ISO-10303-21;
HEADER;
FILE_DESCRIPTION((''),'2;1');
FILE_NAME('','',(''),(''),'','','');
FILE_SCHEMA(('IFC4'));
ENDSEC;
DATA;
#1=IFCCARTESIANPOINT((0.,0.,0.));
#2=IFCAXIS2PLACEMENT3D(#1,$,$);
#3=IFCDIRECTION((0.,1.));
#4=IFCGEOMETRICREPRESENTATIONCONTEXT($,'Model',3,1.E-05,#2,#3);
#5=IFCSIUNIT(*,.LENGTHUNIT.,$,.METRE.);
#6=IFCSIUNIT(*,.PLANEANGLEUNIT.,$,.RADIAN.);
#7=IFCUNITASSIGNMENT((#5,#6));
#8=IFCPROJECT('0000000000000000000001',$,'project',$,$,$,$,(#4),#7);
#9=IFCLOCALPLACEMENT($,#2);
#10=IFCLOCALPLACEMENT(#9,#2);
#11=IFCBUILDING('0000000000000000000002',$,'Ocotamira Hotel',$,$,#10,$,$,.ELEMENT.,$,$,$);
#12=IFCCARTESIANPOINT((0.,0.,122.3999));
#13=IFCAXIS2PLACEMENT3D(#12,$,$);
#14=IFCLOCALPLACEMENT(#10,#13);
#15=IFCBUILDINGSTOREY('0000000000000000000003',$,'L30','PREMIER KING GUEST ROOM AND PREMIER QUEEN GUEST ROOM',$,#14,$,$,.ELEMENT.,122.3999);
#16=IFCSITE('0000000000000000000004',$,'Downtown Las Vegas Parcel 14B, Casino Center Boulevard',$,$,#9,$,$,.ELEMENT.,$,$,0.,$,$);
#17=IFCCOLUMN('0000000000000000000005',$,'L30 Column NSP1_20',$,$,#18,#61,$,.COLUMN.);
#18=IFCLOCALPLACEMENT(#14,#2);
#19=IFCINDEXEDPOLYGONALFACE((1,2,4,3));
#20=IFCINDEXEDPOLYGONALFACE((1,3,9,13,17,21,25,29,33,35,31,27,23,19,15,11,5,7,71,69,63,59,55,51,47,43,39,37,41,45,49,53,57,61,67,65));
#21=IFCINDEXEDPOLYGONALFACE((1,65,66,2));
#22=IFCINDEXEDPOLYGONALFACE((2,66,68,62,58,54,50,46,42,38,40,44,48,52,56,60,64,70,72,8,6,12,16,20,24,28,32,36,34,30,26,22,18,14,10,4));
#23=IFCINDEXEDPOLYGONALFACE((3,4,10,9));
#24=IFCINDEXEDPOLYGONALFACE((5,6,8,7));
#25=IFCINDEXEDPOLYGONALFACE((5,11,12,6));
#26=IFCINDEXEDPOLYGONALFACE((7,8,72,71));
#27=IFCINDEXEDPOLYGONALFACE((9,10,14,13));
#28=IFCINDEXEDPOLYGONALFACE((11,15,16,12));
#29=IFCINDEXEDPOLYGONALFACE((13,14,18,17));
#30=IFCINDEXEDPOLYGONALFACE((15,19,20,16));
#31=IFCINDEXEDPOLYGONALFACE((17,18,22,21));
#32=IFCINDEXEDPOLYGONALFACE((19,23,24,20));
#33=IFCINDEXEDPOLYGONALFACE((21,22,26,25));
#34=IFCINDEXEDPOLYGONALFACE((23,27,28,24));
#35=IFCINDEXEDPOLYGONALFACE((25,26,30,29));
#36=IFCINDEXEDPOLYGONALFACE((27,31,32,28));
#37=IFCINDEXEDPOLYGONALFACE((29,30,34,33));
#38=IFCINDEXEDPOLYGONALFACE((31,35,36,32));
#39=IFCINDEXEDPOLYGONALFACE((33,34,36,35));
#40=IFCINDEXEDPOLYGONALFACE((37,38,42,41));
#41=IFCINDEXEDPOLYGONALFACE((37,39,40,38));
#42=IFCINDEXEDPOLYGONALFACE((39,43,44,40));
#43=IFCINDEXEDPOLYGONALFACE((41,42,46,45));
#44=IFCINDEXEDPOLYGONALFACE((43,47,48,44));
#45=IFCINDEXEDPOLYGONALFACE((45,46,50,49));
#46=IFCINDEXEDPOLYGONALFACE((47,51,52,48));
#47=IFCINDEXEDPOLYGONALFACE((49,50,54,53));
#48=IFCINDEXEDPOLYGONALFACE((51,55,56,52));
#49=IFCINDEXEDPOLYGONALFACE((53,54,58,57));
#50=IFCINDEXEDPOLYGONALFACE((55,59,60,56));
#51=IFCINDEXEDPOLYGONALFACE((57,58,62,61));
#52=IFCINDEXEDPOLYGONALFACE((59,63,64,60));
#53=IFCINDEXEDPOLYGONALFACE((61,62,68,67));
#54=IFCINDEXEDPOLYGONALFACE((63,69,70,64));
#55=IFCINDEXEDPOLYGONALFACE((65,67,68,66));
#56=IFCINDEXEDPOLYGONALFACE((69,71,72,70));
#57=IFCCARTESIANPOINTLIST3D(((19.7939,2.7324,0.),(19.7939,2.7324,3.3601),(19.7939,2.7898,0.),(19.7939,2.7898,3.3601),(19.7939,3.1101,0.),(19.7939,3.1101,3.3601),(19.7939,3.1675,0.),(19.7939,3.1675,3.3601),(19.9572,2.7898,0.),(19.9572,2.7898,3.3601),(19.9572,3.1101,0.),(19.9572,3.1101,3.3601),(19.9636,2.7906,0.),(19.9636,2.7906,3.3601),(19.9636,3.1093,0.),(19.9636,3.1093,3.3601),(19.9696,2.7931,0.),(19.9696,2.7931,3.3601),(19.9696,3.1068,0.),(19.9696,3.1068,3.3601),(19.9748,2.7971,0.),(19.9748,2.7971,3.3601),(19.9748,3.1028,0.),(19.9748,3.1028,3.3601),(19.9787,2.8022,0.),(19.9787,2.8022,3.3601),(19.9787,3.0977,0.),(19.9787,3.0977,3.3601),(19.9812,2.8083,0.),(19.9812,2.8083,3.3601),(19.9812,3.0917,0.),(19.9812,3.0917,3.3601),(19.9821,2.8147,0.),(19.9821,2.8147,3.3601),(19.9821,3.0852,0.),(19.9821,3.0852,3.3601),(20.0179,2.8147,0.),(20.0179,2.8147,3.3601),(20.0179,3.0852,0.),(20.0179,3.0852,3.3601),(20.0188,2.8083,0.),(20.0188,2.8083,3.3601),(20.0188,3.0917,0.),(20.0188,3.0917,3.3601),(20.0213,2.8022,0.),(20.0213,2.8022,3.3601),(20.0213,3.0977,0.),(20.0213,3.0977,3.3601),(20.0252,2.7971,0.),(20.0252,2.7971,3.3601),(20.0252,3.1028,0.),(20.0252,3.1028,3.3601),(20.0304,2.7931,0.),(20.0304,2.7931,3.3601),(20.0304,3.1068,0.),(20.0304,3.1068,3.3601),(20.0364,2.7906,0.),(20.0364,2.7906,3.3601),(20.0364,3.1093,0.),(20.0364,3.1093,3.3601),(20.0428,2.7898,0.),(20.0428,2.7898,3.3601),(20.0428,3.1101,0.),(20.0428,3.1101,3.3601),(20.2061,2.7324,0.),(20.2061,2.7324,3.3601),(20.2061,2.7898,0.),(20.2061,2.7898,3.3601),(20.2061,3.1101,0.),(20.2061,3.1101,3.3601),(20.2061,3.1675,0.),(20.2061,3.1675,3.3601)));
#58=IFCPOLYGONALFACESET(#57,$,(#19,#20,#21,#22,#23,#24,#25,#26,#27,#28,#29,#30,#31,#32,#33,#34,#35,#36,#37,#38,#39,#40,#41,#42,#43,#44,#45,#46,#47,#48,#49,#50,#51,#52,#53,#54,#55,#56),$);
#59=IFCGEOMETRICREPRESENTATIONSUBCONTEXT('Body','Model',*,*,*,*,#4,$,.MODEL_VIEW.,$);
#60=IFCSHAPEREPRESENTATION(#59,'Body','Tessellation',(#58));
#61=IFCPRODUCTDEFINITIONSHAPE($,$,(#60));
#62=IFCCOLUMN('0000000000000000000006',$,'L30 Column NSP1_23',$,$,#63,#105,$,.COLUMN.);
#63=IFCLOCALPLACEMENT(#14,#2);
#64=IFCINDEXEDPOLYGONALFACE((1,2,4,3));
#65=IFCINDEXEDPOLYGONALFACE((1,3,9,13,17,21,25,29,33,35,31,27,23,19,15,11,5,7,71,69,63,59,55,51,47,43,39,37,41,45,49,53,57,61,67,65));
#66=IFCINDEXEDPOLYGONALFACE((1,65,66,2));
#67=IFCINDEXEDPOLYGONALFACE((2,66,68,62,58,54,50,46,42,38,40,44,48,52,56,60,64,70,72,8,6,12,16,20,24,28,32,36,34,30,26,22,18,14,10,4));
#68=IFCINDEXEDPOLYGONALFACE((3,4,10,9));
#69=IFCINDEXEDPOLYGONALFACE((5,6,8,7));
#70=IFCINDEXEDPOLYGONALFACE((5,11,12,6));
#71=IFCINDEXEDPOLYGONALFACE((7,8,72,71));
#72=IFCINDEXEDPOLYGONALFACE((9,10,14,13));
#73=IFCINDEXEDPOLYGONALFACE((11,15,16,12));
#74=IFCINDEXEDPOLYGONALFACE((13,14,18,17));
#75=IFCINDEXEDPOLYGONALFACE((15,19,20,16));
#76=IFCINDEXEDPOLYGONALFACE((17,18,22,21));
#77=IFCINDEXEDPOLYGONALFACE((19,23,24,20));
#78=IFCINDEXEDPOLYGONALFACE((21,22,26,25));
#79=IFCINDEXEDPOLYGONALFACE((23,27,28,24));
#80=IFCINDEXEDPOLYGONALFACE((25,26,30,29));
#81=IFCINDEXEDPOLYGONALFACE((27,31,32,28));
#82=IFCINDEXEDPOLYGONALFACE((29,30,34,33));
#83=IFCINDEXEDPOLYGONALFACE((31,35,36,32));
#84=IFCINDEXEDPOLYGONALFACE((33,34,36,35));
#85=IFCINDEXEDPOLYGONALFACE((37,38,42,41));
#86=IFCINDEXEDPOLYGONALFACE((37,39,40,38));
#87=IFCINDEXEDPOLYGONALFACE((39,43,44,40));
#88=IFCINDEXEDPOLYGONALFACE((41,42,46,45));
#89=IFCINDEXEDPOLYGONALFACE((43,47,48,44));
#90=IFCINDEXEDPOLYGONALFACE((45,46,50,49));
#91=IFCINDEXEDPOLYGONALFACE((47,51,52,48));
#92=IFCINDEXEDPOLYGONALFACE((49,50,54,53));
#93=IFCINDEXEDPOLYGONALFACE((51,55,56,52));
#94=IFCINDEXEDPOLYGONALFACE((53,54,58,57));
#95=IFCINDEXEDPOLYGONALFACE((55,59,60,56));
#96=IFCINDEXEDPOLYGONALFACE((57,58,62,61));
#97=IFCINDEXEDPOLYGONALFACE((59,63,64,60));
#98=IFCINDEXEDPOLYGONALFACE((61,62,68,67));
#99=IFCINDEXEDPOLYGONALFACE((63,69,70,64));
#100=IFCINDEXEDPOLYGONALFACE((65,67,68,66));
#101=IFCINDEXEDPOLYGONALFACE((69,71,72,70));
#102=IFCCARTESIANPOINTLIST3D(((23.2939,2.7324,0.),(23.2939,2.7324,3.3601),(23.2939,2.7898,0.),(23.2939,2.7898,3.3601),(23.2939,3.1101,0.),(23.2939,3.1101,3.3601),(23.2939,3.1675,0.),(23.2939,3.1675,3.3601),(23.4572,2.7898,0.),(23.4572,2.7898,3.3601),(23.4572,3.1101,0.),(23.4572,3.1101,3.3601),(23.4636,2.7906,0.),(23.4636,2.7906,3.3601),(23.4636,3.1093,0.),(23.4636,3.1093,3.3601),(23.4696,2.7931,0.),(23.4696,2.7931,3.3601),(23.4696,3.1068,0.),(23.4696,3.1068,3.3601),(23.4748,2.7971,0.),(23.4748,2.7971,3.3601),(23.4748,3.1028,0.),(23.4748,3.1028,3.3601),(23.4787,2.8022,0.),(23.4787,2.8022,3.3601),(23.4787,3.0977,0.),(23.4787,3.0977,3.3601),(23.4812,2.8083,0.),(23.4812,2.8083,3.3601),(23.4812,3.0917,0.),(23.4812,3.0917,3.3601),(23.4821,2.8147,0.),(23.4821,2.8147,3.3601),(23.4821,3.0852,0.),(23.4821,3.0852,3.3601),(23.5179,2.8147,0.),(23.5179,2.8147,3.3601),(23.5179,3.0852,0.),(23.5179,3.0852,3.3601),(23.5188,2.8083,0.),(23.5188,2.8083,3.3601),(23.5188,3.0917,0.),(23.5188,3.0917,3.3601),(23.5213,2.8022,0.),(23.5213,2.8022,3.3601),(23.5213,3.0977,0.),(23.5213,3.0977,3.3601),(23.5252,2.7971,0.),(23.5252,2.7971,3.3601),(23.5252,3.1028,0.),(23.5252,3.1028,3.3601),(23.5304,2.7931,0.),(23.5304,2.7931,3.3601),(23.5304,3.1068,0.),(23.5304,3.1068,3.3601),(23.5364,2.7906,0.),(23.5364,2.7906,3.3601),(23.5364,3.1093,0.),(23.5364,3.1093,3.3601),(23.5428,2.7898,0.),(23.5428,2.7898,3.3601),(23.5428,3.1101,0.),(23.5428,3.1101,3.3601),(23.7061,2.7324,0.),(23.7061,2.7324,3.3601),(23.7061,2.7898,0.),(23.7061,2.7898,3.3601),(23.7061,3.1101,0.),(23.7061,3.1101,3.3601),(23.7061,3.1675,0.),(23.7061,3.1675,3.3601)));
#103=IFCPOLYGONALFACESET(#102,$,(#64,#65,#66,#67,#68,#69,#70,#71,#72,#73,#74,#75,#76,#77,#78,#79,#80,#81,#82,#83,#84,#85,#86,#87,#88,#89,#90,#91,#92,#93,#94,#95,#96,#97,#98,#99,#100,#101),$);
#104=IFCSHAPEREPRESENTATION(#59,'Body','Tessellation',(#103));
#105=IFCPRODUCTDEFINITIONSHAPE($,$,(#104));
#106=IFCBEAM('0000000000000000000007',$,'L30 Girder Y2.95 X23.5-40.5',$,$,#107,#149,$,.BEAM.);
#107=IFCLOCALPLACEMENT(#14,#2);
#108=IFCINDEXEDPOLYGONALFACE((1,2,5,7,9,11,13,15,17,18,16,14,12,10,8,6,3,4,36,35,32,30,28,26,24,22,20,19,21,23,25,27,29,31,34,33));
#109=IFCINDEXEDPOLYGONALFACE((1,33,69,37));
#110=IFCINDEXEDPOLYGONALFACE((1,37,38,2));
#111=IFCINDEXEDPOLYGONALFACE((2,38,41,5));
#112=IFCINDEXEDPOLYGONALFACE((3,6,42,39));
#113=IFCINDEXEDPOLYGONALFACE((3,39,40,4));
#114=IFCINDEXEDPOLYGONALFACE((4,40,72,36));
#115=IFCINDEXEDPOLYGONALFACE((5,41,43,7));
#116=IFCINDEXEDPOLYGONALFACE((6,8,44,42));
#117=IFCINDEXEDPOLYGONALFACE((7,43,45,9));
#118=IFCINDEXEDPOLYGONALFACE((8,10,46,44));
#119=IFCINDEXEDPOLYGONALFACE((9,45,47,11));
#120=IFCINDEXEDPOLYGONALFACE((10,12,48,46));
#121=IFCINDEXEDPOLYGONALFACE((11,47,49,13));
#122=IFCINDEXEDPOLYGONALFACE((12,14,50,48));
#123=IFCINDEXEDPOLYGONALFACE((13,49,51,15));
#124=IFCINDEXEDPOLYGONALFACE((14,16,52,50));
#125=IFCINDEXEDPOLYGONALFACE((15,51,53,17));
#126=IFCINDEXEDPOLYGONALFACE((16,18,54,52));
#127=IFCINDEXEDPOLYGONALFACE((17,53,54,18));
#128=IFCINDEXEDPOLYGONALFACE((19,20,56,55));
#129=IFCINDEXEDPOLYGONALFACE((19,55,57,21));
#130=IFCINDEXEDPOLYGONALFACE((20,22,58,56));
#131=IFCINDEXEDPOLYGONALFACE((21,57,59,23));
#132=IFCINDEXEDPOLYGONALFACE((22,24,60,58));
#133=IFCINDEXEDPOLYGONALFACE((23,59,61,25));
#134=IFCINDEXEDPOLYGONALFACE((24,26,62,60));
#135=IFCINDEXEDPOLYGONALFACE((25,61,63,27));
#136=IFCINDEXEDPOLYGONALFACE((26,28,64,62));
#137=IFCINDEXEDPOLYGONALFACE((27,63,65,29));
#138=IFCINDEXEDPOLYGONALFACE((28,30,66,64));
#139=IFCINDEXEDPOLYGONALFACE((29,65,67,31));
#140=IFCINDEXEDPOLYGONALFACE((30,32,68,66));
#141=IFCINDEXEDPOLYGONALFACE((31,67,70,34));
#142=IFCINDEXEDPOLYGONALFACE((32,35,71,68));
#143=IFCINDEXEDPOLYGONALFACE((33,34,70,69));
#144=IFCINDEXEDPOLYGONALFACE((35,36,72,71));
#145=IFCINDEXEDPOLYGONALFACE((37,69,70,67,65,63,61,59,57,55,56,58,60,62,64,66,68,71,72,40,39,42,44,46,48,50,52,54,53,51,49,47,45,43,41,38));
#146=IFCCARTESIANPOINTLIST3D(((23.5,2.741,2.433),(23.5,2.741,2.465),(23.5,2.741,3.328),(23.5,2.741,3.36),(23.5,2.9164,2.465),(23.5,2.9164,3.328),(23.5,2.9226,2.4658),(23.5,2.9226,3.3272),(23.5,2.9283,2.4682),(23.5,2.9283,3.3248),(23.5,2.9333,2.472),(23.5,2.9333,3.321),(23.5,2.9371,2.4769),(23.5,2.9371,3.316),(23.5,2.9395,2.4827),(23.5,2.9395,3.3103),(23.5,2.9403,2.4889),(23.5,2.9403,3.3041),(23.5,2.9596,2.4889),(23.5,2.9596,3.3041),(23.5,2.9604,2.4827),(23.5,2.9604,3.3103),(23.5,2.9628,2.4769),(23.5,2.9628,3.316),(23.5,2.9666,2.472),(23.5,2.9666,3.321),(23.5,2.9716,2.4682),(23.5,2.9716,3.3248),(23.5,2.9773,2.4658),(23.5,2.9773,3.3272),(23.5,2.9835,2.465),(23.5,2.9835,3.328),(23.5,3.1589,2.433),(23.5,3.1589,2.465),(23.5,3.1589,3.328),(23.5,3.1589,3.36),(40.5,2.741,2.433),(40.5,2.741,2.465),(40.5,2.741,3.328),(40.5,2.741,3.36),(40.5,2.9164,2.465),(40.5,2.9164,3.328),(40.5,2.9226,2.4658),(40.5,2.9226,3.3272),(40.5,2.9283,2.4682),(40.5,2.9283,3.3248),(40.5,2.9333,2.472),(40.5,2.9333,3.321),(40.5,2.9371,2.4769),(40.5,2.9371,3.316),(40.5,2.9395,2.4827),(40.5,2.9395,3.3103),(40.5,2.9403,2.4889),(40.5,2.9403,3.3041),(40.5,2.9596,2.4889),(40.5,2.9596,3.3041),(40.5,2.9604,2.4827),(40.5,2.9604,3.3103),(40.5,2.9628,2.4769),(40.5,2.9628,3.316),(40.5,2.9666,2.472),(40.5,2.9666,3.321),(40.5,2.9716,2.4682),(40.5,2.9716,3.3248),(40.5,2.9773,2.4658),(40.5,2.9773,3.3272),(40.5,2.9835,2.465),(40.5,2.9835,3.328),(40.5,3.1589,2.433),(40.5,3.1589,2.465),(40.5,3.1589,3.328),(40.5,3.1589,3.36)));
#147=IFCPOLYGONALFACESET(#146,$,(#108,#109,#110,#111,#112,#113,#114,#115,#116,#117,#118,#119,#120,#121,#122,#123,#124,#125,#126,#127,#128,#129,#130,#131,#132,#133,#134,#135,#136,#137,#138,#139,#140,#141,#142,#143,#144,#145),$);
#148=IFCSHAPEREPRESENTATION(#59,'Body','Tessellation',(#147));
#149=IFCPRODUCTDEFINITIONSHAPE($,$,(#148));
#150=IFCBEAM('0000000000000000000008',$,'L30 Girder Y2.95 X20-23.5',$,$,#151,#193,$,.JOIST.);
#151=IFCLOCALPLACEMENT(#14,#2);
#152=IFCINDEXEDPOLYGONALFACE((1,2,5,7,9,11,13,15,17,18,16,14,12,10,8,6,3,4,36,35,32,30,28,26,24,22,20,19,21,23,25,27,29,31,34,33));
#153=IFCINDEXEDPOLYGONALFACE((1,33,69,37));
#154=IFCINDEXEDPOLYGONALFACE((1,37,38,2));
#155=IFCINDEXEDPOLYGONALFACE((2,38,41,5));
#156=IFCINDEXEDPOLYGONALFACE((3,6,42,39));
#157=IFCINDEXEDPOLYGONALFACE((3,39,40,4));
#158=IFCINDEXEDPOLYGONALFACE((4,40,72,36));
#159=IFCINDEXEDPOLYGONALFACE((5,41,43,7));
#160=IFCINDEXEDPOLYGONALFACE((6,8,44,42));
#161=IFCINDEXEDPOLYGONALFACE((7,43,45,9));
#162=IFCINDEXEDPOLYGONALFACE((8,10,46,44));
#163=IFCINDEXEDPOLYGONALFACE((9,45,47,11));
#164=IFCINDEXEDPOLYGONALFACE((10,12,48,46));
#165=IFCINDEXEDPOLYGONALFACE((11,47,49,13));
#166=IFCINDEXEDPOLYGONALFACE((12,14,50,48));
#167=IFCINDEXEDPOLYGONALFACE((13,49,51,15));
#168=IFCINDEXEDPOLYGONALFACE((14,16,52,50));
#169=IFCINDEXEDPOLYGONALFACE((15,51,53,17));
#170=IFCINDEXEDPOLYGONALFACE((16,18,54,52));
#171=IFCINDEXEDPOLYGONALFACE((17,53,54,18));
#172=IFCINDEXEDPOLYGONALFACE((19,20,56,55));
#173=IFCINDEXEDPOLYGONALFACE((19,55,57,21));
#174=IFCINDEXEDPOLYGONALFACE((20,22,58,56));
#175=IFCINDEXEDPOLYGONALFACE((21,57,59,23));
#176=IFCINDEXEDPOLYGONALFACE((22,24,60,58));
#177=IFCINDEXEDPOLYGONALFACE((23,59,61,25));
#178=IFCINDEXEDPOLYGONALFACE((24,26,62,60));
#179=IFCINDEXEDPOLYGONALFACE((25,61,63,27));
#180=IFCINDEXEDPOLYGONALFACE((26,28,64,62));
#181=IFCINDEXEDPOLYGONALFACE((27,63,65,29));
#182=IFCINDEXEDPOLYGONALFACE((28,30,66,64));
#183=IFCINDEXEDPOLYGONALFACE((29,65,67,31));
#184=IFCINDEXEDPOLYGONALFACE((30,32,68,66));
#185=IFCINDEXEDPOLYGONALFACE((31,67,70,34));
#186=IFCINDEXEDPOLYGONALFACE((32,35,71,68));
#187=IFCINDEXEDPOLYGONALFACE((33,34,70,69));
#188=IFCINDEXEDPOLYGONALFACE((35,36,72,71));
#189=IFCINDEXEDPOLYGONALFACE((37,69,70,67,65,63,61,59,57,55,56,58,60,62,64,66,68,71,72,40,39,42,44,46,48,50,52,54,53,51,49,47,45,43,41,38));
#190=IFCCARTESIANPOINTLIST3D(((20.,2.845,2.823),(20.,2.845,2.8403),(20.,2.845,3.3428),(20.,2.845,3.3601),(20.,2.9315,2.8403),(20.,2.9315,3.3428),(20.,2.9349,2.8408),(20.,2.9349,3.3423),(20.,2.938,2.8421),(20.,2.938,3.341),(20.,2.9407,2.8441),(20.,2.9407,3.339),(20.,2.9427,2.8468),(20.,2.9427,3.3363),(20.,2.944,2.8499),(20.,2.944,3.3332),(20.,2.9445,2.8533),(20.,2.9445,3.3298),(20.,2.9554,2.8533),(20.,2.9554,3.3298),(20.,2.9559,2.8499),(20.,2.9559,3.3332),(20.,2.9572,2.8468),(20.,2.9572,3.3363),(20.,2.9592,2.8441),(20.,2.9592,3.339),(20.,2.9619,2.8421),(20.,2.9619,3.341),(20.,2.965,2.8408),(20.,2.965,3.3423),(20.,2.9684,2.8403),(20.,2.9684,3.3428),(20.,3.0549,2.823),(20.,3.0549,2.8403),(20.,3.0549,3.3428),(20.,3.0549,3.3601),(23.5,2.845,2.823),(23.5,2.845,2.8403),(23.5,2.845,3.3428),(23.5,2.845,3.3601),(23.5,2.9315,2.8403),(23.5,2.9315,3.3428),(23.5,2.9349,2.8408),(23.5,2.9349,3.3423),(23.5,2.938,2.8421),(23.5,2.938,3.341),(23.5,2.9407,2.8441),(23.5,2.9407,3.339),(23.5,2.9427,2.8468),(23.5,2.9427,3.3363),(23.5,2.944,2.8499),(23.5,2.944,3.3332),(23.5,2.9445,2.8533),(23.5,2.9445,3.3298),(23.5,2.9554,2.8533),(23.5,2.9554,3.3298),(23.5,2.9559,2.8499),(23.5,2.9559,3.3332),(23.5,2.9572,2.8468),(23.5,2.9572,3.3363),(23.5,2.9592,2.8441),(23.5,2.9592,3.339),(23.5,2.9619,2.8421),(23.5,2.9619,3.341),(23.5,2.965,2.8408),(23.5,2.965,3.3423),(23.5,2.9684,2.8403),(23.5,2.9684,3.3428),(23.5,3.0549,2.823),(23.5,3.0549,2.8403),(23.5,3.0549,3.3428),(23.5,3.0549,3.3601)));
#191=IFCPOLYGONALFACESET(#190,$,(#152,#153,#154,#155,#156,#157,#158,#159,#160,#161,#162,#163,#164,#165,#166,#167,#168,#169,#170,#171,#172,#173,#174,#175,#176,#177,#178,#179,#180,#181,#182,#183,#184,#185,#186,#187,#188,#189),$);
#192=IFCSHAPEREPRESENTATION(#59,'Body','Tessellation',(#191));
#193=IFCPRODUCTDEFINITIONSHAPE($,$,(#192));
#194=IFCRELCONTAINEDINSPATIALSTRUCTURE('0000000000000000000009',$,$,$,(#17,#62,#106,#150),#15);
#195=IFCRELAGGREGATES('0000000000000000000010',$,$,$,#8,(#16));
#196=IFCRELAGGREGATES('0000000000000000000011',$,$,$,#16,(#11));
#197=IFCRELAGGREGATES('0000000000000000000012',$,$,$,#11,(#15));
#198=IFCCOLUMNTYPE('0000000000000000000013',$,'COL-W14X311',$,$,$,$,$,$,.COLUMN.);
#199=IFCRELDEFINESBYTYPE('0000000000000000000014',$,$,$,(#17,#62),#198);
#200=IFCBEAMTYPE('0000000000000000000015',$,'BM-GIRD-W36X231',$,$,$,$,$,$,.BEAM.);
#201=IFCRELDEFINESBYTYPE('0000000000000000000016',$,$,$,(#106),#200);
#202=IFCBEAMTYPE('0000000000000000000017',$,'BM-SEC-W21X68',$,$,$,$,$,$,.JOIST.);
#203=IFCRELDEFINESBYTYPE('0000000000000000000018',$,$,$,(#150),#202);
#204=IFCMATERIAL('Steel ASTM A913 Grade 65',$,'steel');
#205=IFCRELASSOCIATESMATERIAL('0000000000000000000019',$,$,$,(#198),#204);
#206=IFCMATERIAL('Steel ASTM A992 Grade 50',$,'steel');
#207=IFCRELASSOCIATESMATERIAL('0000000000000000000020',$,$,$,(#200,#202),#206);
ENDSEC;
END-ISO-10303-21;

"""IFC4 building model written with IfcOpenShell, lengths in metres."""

from ifc_helpers import new_model, si_unit, direction, frame, origin, origin_2d, place, context, subcontext, project, spatial, i_section, extrude, source, transform, mapped, material, material_profile, profile_set, type_object, element, save


model = new_model("IFC4")

# Units and contexts
model_context = context("Model", 3, precision=1e-05, world=origin(), true_north=direction((0.0, 1.0)))
body_context = subcontext(model_context, "Body", "Model", "MODEL_VIEW")
ifc_project = project(units=[si_unit("LENGTHUNIT", "METRE"), si_unit("PLANEANGLEUNIT", "RADIAN")], contexts=[model_context])

# Site, building, storey
site_placement = place(None, origin())
site = spatial("IfcSite", under=ifc_project, at=site_placement, Name="Downtown Las Vegas Parcel 14B, Casino Center Boulevard", CompositionType="ELEMENT", RefElevation=0.0)
building_placement = place(site_placement, origin())
building = spatial("IfcBuilding", under=site, at=building_placement, Name="Ocotamira Hotel", CompositionType="ELEMENT")
storey_placement = place(building_placement, frame((0.0, 0.0, 122.3999)))
storey = spatial("IfcBuildingStorey", under=building, at=storey_placement, Name="L30", Description="PREMIER KING GUEST ROOM AND PREMIER QUEEN GUEST ROOM", CompositionType="ELEMENT", Elevation=122.3999)

# Columns
ifc_material_1 = material(Name="Steel ASTM A913 Grade 65", Category="steel")
ifc_material_profile_1 = material_profile(ifc_material_1, i_section(OverallWidth=0.4121, OverallDepth=0.4351, WebThickness=0.0359, FlangeThickness=0.0574, FilletRadius=0.0249, at=origin_2d()), Name="W14X311")
ifc_profile_set_1 = profile_set([ifc_material_profile_1], Name="Steel ASTM A913 Grade 65")
column_type = type_object("IfcColumnType", Name="COL-W14X311", PredefinedType="COLUMN", material=ifc_profile_set_1)
shared_shape_1 = source(origin(), body_context, "Body", "SweptSolid", [
    extrude(i_section(OverallWidth=0.4121, OverallDepth=0.4351, WebThickness=0.0359, FlangeThickness=0.0574, FilletRadius=0.0249, at=origin_2d()), origin(), (0.0, 0.0, 1.0), 3.3601),
])
for number, where, z_axis, x_axis, name in (
    (1, (20.0, 2.95, 0.0), (0.0, 0.0, 1.0), (1.0, 0.0, 0.0), "L30 Column NSP1_20"),
    (2, (23.5, 2.95, 0.0), (0.0, 0.0, 1.0), (1.0, 0.0, 0.0), "L30 Column NSP1_23"),
):
    element("IfcColumn", number, at=place(storey_placement, frame(where, z_axis=z_axis, x_axis=x_axis)), inside=storey, type_object=column_type, Name=name, PredefinedType="COLUMN", context=body_context, shape_type="MappedRepresentation", body=[
        mapped(shared_shape_1, transform((0.0, 0.0, 0.0), scale=1.0)),
    ])

# Beams
ifc_material_2 = material(Name="Steel ASTM A992 Grade 50", Category="steel")
ifc_material_profile_2 = material_profile(ifc_material_2, i_section(OverallWidth=0.418, OverallDepth=0.927, WebThickness=0.0193, FlangeThickness=0.032, FilletRadius=0.0239, at=origin_2d()), Name="W36X231")
ifc_profile_set_2 = profile_set([ifc_material_profile_2], Name="Steel ASTM A992 Grade 50")
beam_type_1 = type_object("IfcBeamType", Name="BM-GIRD-W36X231", PredefinedType="BEAM", material=ifc_profile_set_2)
shared_shape_2 = source(origin(), body_context, "Body", "SweptSolid", [
    extrude(i_section(OverallWidth=0.418, OverallDepth=0.927, WebThickness=0.0193, FlangeThickness=0.032, FilletRadius=0.0239, at=origin_2d()), origin(), (0.0, 0.0, 1.0), 17.0),
])
beam_1_placement = place(storey_placement, frame((23.5, 2.95, 2.8965), z_axis=(1.0, 0.0, 0.0), x_axis=(0.0, 1.0, 0.0)))
element("IfcBeam", 3, at=beam_1_placement, inside=storey, type_object=beam_type_1, Name="L30 Girder Y2.95 X23.5-40.5", PredefinedType="BEAM", context=body_context, shape_type="MappedRepresentation", body=[
    mapped(shared_shape_2, transform((0.0, 0.0, 0.0), scale=1.0)),
])
ifc_material_profile_3 = material_profile(ifc_material_2, i_section(OverallWidth=0.21, OverallDepth=0.5371, WebThickness=0.011, FlangeThickness=0.0173, FilletRadius=0.0129, at=origin_2d()), Name="W21X68")
ifc_profile_set_3 = profile_set([ifc_material_profile_3], Name="Steel ASTM A992 Grade 50")
beam_type_2 = type_object("IfcBeamType", Name="BM-SEC-W21X68", PredefinedType="JOIST", material=ifc_profile_set_3)
shared_shape_3 = source(origin(), body_context, "Body", "SweptSolid", [
    extrude(i_section(OverallWidth=0.21, OverallDepth=0.5371, WebThickness=0.011, FlangeThickness=0.0173, FilletRadius=0.0129, at=origin_2d()), origin(), (0.0, 0.0, 1.0), 3.5),
])
beam_2_placement = place(storey_placement, frame((20.0, 2.95, 3.0916), z_axis=(1.0, 0.0, 0.0), x_axis=(0.0, 1.0, 0.0)))
element("IfcBeam", 4, at=beam_2_placement, inside=storey, type_object=beam_type_2, Name="L30 Girder Y2.95 X20-23.5", PredefinedType="JOIST", context=body_context, shape_type="MappedRepresentation", body=[
    mapped(shared_shape_3, transform((0.0, 0.0, 0.0), scale=1.0)),
])

save(model, "model.ifc")
